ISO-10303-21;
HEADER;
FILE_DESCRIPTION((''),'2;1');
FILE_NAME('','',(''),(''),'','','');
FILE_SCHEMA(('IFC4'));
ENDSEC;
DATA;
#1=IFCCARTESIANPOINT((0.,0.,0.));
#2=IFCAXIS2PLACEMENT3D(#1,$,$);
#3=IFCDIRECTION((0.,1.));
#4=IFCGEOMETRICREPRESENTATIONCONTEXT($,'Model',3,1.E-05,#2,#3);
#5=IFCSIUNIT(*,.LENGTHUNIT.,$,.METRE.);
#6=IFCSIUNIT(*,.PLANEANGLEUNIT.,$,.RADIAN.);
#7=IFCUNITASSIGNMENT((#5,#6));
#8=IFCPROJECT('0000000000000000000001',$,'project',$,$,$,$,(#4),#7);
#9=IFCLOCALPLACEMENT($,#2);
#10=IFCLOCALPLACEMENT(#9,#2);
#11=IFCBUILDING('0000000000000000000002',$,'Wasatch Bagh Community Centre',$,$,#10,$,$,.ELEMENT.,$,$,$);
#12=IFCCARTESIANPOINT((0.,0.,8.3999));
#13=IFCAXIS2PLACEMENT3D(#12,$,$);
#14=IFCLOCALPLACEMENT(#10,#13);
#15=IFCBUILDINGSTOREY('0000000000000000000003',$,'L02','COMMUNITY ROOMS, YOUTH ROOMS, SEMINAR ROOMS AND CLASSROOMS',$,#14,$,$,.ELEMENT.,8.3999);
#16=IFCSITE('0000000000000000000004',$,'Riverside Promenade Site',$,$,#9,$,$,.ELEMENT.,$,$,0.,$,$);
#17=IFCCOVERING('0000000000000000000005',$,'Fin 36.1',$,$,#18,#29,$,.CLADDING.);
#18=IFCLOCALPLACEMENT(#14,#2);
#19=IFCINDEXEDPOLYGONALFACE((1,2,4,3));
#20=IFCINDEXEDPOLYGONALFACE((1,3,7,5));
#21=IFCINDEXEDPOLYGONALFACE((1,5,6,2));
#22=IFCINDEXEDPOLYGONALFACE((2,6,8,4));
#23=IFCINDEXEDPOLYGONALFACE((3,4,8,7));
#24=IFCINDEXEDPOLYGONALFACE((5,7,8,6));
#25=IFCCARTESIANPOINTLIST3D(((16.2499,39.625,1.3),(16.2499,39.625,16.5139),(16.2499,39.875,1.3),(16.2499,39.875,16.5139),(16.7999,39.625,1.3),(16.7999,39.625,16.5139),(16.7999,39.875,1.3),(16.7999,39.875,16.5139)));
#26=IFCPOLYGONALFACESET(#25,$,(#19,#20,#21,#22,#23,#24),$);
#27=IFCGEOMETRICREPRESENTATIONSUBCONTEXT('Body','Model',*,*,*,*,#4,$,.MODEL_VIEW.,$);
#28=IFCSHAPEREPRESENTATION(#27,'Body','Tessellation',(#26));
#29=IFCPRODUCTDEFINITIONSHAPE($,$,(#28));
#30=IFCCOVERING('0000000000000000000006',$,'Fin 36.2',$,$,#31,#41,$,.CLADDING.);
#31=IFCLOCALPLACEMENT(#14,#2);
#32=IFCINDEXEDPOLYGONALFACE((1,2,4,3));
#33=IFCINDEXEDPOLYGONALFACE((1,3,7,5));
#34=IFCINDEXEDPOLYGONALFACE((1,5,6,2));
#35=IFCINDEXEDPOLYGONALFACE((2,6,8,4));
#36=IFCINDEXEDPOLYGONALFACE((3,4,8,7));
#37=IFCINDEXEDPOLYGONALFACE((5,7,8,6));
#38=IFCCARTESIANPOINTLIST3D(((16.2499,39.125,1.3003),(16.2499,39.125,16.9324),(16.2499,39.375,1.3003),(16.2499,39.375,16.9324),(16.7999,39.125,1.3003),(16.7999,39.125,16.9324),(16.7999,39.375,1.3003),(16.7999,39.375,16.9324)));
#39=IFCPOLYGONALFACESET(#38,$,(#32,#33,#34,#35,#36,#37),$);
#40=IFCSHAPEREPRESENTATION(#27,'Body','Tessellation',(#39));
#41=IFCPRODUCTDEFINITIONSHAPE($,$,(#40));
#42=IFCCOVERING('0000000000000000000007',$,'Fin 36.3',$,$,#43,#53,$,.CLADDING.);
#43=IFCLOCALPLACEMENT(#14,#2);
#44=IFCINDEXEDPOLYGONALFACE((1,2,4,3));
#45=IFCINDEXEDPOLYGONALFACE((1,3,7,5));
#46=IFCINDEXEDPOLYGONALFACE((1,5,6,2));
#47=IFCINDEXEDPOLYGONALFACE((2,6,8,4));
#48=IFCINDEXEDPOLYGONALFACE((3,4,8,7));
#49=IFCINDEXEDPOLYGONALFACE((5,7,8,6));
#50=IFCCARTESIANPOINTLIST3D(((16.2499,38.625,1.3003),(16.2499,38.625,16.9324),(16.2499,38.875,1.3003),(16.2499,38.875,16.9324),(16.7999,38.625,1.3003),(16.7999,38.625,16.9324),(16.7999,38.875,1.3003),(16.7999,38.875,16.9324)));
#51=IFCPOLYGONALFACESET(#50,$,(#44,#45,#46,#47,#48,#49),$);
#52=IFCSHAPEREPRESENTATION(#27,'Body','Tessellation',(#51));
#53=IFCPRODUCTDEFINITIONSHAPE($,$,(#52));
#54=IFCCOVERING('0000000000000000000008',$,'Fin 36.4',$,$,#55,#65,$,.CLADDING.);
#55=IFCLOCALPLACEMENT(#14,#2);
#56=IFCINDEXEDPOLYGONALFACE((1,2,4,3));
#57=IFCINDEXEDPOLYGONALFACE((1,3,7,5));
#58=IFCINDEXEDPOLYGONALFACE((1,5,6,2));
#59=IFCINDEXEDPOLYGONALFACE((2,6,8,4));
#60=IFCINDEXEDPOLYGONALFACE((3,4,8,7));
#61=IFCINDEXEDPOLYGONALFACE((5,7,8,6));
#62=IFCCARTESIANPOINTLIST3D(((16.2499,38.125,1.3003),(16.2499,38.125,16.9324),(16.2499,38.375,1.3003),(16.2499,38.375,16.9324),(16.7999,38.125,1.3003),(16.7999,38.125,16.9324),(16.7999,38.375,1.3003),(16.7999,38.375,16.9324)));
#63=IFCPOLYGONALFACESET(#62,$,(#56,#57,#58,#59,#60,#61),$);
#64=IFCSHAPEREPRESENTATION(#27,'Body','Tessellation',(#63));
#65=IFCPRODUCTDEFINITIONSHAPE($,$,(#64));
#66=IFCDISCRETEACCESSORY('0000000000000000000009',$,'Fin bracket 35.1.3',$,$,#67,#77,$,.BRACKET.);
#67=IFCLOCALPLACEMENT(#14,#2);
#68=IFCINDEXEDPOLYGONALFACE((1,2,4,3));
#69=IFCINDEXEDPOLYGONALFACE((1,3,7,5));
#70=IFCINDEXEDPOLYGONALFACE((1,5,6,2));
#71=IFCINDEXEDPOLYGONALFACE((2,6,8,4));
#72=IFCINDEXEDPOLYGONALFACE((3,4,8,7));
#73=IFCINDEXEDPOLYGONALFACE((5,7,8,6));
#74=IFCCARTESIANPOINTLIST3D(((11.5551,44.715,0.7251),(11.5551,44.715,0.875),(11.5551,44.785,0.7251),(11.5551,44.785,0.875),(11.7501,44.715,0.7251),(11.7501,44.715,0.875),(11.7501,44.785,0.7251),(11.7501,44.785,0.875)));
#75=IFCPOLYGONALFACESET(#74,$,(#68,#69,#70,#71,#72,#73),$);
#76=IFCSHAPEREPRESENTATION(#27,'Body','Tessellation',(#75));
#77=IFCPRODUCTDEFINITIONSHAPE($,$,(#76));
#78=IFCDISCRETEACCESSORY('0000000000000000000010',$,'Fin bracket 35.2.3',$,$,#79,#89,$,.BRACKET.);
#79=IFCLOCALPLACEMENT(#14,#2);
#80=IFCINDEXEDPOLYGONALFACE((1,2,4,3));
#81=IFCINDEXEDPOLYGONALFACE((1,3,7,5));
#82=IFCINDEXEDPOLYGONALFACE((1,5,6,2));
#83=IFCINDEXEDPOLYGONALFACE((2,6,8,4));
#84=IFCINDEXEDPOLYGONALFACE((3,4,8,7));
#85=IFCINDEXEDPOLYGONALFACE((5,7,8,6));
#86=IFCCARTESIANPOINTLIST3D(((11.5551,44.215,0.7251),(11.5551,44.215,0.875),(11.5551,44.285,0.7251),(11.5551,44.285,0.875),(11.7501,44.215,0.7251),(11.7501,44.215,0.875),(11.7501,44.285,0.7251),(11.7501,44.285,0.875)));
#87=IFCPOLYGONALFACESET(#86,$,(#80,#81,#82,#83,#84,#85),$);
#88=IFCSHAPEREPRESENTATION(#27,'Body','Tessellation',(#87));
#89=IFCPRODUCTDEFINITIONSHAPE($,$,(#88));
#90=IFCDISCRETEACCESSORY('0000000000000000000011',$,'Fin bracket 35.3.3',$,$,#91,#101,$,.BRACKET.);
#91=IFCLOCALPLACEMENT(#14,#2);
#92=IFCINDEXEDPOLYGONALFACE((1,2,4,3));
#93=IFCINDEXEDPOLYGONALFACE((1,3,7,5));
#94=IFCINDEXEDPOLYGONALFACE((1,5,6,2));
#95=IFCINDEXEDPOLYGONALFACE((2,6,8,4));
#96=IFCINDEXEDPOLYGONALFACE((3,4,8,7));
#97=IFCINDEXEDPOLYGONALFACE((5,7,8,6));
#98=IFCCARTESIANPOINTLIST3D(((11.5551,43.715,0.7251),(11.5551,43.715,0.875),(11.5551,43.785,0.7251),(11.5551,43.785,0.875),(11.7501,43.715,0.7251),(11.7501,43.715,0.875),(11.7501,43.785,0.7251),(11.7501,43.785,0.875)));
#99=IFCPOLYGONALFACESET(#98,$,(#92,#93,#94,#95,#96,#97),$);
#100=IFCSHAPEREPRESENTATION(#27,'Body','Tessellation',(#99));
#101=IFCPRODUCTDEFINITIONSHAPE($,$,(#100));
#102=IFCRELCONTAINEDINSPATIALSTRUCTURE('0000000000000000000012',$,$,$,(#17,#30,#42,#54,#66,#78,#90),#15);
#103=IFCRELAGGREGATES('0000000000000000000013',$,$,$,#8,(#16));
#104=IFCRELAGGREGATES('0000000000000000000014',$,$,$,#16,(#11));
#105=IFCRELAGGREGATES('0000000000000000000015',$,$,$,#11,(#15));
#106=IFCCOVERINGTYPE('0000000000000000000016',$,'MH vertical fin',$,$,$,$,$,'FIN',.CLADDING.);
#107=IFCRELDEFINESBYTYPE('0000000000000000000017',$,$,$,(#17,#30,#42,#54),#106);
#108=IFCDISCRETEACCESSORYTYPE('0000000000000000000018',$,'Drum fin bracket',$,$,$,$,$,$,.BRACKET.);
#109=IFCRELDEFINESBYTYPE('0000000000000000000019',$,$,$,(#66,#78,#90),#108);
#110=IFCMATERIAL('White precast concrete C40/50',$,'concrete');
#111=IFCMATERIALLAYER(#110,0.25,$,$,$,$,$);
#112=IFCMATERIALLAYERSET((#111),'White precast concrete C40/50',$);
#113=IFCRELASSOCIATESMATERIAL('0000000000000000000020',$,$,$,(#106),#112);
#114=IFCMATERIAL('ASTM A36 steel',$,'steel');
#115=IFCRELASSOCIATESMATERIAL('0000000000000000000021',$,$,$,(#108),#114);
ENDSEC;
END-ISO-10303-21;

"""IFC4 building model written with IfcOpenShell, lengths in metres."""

from ifc_helpers import new_model, si_unit, direction, frame, origin, origin_2d, place, context, subcontext, project, spatial, rectangle, extrude, material, layer, layer_set, type_object, element, save


model = new_model("IFC4")

# Units and contexts
model_context = context("Model", 3, precision=1e-05, world=origin(), true_north=direction((0.0, 1.0)))
body_context = subcontext(model_context, "Body", "Model", "MODEL_VIEW")
ifc_project = project(units=[si_unit("LENGTHUNIT", "METRE"), si_unit("PLANEANGLEUNIT", "RADIAN")], contexts=[model_context])

# Site, building, storey
site_placement = place(None, origin())
site = spatial("IfcSite", under=ifc_project, at=site_placement, Name="Riverside Promenade Site", CompositionType="ELEMENT", RefElevation=0.0)
building_placement = place(site_placement, origin())
building = spatial("IfcBuilding", under=site, at=building_placement, Name="Wasatch Bagh Community Centre", CompositionType="ELEMENT")
storey_placement = place(building_placement, frame((0.0, 0.0, 8.3999)))
storey = spatial("IfcBuildingStorey", under=building, at=storey_placement, Name="L02", Description="COMMUNITY ROOMS, YOUTH ROOMS, SEMINAR ROOMS AND CLASSROOMS", CompositionType="ELEMENT", Elevation=8.3999)

# Coverings
ifc_material_1 = material(Name="White precast concrete C40/50", Category="concrete")
ifc_layer_1 = layer(ifc_material_1, 0.25)
ifc_layer_set_1 = layer_set([ifc_layer_1], Name="White precast concrete C40/50")
covering_type = type_object("IfcCoveringType", Name="MH vertical fin", ElementType="FIN", PredefinedType="CLADDING", material=ifc_layer_set_1)
for number, where, z_axis, x_axis, name in (
    (1, (16.5249, 39.75, 1.3), (0.0, 0.0, 1.0), (0.0, -1.0, 0.0), "Fin 36.1"),
):
    element("IfcCovering", number, at=place(storey_placement, frame(where, z_axis=z_axis, x_axis=x_axis)), inside=storey, type_object=covering_type, Name=name, PredefinedType="CLADDING", context=body_context, shape_type="SweptSolid", body=[
        extrude(rectangle(XDim=0.25, YDim=0.55, at=origin_2d()), origin(), (0.0, 0.0, 1.0), 15.2139),
    ])
for number, where, z_axis, x_axis, name in (
    (2, (16.5249, 39.25, 1.3003), (0.0, 0.0, 1.0), (0.0, -1.0, 0.0), "Fin 36.2"),
    (3, (16.5249, 38.75, 1.3003), (0.0, 0.0, 1.0), (0.0, -1.0, 0.0), "Fin 36.3"),
    (4, (16.5249, 38.25, 1.3003), (0.0, 0.0, 1.0), (0.0, -1.0, 0.0), "Fin 36.4"),
):
    element("IfcCovering", number, at=place(storey_placement, frame(where, z_axis=z_axis, x_axis=x_axis)), inside=storey, type_object=covering_type, Name=name, PredefinedType="CLADDING", context=body_context, shape_type="SweptSolid", body=[
        extrude(rectangle(XDim=0.25, YDim=0.55, at=origin_2d()), origin(), (0.0, 0.0, 1.0), 15.6321),
    ])

# Discrete accessories
ifc_material_2 = material(Name="ASTM A36 steel", Category="steel")
discrete_accessory_type = type_object("IfcDiscreteAccessoryType", Name="Drum fin bracket", PredefinedType="BRACKET", material=ifc_material_2)
for number, where, z_axis, x_axis, name in (
    (5, (11.6526, 44.75, 0.7251), (0.0, 0.0, 1.0), (0.0, -1.0, 0.0), "Fin bracket 35.1.3"),
    (6, (11.6526, 44.25, 0.7251), (0.0, 0.0, 1.0), (0.0, -1.0, 0.0), "Fin bracket 35.2.3"),
    (7, (11.6526, 43.75, 0.7251), (0.0, 0.0, 1.0), (0.0, -1.0, 0.0), "Fin bracket 35.3.3"),
):
    element("IfcDiscreteAccessory", number, at=place(storey_placement, frame(where, z_axis=z_axis, x_axis=x_axis)), inside=storey, type_object=discrete_accessory_type, Name=name, PredefinedType="BRACKET", context=body_context, shape_type="SweptSolid", body=[
        extrude(rectangle(XDim=0.0701, YDim=0.1951, at=origin_2d()), origin(), (0.0, 0.0, 1.0), 0.1499),
    ])

save(model, "model.ifc")
